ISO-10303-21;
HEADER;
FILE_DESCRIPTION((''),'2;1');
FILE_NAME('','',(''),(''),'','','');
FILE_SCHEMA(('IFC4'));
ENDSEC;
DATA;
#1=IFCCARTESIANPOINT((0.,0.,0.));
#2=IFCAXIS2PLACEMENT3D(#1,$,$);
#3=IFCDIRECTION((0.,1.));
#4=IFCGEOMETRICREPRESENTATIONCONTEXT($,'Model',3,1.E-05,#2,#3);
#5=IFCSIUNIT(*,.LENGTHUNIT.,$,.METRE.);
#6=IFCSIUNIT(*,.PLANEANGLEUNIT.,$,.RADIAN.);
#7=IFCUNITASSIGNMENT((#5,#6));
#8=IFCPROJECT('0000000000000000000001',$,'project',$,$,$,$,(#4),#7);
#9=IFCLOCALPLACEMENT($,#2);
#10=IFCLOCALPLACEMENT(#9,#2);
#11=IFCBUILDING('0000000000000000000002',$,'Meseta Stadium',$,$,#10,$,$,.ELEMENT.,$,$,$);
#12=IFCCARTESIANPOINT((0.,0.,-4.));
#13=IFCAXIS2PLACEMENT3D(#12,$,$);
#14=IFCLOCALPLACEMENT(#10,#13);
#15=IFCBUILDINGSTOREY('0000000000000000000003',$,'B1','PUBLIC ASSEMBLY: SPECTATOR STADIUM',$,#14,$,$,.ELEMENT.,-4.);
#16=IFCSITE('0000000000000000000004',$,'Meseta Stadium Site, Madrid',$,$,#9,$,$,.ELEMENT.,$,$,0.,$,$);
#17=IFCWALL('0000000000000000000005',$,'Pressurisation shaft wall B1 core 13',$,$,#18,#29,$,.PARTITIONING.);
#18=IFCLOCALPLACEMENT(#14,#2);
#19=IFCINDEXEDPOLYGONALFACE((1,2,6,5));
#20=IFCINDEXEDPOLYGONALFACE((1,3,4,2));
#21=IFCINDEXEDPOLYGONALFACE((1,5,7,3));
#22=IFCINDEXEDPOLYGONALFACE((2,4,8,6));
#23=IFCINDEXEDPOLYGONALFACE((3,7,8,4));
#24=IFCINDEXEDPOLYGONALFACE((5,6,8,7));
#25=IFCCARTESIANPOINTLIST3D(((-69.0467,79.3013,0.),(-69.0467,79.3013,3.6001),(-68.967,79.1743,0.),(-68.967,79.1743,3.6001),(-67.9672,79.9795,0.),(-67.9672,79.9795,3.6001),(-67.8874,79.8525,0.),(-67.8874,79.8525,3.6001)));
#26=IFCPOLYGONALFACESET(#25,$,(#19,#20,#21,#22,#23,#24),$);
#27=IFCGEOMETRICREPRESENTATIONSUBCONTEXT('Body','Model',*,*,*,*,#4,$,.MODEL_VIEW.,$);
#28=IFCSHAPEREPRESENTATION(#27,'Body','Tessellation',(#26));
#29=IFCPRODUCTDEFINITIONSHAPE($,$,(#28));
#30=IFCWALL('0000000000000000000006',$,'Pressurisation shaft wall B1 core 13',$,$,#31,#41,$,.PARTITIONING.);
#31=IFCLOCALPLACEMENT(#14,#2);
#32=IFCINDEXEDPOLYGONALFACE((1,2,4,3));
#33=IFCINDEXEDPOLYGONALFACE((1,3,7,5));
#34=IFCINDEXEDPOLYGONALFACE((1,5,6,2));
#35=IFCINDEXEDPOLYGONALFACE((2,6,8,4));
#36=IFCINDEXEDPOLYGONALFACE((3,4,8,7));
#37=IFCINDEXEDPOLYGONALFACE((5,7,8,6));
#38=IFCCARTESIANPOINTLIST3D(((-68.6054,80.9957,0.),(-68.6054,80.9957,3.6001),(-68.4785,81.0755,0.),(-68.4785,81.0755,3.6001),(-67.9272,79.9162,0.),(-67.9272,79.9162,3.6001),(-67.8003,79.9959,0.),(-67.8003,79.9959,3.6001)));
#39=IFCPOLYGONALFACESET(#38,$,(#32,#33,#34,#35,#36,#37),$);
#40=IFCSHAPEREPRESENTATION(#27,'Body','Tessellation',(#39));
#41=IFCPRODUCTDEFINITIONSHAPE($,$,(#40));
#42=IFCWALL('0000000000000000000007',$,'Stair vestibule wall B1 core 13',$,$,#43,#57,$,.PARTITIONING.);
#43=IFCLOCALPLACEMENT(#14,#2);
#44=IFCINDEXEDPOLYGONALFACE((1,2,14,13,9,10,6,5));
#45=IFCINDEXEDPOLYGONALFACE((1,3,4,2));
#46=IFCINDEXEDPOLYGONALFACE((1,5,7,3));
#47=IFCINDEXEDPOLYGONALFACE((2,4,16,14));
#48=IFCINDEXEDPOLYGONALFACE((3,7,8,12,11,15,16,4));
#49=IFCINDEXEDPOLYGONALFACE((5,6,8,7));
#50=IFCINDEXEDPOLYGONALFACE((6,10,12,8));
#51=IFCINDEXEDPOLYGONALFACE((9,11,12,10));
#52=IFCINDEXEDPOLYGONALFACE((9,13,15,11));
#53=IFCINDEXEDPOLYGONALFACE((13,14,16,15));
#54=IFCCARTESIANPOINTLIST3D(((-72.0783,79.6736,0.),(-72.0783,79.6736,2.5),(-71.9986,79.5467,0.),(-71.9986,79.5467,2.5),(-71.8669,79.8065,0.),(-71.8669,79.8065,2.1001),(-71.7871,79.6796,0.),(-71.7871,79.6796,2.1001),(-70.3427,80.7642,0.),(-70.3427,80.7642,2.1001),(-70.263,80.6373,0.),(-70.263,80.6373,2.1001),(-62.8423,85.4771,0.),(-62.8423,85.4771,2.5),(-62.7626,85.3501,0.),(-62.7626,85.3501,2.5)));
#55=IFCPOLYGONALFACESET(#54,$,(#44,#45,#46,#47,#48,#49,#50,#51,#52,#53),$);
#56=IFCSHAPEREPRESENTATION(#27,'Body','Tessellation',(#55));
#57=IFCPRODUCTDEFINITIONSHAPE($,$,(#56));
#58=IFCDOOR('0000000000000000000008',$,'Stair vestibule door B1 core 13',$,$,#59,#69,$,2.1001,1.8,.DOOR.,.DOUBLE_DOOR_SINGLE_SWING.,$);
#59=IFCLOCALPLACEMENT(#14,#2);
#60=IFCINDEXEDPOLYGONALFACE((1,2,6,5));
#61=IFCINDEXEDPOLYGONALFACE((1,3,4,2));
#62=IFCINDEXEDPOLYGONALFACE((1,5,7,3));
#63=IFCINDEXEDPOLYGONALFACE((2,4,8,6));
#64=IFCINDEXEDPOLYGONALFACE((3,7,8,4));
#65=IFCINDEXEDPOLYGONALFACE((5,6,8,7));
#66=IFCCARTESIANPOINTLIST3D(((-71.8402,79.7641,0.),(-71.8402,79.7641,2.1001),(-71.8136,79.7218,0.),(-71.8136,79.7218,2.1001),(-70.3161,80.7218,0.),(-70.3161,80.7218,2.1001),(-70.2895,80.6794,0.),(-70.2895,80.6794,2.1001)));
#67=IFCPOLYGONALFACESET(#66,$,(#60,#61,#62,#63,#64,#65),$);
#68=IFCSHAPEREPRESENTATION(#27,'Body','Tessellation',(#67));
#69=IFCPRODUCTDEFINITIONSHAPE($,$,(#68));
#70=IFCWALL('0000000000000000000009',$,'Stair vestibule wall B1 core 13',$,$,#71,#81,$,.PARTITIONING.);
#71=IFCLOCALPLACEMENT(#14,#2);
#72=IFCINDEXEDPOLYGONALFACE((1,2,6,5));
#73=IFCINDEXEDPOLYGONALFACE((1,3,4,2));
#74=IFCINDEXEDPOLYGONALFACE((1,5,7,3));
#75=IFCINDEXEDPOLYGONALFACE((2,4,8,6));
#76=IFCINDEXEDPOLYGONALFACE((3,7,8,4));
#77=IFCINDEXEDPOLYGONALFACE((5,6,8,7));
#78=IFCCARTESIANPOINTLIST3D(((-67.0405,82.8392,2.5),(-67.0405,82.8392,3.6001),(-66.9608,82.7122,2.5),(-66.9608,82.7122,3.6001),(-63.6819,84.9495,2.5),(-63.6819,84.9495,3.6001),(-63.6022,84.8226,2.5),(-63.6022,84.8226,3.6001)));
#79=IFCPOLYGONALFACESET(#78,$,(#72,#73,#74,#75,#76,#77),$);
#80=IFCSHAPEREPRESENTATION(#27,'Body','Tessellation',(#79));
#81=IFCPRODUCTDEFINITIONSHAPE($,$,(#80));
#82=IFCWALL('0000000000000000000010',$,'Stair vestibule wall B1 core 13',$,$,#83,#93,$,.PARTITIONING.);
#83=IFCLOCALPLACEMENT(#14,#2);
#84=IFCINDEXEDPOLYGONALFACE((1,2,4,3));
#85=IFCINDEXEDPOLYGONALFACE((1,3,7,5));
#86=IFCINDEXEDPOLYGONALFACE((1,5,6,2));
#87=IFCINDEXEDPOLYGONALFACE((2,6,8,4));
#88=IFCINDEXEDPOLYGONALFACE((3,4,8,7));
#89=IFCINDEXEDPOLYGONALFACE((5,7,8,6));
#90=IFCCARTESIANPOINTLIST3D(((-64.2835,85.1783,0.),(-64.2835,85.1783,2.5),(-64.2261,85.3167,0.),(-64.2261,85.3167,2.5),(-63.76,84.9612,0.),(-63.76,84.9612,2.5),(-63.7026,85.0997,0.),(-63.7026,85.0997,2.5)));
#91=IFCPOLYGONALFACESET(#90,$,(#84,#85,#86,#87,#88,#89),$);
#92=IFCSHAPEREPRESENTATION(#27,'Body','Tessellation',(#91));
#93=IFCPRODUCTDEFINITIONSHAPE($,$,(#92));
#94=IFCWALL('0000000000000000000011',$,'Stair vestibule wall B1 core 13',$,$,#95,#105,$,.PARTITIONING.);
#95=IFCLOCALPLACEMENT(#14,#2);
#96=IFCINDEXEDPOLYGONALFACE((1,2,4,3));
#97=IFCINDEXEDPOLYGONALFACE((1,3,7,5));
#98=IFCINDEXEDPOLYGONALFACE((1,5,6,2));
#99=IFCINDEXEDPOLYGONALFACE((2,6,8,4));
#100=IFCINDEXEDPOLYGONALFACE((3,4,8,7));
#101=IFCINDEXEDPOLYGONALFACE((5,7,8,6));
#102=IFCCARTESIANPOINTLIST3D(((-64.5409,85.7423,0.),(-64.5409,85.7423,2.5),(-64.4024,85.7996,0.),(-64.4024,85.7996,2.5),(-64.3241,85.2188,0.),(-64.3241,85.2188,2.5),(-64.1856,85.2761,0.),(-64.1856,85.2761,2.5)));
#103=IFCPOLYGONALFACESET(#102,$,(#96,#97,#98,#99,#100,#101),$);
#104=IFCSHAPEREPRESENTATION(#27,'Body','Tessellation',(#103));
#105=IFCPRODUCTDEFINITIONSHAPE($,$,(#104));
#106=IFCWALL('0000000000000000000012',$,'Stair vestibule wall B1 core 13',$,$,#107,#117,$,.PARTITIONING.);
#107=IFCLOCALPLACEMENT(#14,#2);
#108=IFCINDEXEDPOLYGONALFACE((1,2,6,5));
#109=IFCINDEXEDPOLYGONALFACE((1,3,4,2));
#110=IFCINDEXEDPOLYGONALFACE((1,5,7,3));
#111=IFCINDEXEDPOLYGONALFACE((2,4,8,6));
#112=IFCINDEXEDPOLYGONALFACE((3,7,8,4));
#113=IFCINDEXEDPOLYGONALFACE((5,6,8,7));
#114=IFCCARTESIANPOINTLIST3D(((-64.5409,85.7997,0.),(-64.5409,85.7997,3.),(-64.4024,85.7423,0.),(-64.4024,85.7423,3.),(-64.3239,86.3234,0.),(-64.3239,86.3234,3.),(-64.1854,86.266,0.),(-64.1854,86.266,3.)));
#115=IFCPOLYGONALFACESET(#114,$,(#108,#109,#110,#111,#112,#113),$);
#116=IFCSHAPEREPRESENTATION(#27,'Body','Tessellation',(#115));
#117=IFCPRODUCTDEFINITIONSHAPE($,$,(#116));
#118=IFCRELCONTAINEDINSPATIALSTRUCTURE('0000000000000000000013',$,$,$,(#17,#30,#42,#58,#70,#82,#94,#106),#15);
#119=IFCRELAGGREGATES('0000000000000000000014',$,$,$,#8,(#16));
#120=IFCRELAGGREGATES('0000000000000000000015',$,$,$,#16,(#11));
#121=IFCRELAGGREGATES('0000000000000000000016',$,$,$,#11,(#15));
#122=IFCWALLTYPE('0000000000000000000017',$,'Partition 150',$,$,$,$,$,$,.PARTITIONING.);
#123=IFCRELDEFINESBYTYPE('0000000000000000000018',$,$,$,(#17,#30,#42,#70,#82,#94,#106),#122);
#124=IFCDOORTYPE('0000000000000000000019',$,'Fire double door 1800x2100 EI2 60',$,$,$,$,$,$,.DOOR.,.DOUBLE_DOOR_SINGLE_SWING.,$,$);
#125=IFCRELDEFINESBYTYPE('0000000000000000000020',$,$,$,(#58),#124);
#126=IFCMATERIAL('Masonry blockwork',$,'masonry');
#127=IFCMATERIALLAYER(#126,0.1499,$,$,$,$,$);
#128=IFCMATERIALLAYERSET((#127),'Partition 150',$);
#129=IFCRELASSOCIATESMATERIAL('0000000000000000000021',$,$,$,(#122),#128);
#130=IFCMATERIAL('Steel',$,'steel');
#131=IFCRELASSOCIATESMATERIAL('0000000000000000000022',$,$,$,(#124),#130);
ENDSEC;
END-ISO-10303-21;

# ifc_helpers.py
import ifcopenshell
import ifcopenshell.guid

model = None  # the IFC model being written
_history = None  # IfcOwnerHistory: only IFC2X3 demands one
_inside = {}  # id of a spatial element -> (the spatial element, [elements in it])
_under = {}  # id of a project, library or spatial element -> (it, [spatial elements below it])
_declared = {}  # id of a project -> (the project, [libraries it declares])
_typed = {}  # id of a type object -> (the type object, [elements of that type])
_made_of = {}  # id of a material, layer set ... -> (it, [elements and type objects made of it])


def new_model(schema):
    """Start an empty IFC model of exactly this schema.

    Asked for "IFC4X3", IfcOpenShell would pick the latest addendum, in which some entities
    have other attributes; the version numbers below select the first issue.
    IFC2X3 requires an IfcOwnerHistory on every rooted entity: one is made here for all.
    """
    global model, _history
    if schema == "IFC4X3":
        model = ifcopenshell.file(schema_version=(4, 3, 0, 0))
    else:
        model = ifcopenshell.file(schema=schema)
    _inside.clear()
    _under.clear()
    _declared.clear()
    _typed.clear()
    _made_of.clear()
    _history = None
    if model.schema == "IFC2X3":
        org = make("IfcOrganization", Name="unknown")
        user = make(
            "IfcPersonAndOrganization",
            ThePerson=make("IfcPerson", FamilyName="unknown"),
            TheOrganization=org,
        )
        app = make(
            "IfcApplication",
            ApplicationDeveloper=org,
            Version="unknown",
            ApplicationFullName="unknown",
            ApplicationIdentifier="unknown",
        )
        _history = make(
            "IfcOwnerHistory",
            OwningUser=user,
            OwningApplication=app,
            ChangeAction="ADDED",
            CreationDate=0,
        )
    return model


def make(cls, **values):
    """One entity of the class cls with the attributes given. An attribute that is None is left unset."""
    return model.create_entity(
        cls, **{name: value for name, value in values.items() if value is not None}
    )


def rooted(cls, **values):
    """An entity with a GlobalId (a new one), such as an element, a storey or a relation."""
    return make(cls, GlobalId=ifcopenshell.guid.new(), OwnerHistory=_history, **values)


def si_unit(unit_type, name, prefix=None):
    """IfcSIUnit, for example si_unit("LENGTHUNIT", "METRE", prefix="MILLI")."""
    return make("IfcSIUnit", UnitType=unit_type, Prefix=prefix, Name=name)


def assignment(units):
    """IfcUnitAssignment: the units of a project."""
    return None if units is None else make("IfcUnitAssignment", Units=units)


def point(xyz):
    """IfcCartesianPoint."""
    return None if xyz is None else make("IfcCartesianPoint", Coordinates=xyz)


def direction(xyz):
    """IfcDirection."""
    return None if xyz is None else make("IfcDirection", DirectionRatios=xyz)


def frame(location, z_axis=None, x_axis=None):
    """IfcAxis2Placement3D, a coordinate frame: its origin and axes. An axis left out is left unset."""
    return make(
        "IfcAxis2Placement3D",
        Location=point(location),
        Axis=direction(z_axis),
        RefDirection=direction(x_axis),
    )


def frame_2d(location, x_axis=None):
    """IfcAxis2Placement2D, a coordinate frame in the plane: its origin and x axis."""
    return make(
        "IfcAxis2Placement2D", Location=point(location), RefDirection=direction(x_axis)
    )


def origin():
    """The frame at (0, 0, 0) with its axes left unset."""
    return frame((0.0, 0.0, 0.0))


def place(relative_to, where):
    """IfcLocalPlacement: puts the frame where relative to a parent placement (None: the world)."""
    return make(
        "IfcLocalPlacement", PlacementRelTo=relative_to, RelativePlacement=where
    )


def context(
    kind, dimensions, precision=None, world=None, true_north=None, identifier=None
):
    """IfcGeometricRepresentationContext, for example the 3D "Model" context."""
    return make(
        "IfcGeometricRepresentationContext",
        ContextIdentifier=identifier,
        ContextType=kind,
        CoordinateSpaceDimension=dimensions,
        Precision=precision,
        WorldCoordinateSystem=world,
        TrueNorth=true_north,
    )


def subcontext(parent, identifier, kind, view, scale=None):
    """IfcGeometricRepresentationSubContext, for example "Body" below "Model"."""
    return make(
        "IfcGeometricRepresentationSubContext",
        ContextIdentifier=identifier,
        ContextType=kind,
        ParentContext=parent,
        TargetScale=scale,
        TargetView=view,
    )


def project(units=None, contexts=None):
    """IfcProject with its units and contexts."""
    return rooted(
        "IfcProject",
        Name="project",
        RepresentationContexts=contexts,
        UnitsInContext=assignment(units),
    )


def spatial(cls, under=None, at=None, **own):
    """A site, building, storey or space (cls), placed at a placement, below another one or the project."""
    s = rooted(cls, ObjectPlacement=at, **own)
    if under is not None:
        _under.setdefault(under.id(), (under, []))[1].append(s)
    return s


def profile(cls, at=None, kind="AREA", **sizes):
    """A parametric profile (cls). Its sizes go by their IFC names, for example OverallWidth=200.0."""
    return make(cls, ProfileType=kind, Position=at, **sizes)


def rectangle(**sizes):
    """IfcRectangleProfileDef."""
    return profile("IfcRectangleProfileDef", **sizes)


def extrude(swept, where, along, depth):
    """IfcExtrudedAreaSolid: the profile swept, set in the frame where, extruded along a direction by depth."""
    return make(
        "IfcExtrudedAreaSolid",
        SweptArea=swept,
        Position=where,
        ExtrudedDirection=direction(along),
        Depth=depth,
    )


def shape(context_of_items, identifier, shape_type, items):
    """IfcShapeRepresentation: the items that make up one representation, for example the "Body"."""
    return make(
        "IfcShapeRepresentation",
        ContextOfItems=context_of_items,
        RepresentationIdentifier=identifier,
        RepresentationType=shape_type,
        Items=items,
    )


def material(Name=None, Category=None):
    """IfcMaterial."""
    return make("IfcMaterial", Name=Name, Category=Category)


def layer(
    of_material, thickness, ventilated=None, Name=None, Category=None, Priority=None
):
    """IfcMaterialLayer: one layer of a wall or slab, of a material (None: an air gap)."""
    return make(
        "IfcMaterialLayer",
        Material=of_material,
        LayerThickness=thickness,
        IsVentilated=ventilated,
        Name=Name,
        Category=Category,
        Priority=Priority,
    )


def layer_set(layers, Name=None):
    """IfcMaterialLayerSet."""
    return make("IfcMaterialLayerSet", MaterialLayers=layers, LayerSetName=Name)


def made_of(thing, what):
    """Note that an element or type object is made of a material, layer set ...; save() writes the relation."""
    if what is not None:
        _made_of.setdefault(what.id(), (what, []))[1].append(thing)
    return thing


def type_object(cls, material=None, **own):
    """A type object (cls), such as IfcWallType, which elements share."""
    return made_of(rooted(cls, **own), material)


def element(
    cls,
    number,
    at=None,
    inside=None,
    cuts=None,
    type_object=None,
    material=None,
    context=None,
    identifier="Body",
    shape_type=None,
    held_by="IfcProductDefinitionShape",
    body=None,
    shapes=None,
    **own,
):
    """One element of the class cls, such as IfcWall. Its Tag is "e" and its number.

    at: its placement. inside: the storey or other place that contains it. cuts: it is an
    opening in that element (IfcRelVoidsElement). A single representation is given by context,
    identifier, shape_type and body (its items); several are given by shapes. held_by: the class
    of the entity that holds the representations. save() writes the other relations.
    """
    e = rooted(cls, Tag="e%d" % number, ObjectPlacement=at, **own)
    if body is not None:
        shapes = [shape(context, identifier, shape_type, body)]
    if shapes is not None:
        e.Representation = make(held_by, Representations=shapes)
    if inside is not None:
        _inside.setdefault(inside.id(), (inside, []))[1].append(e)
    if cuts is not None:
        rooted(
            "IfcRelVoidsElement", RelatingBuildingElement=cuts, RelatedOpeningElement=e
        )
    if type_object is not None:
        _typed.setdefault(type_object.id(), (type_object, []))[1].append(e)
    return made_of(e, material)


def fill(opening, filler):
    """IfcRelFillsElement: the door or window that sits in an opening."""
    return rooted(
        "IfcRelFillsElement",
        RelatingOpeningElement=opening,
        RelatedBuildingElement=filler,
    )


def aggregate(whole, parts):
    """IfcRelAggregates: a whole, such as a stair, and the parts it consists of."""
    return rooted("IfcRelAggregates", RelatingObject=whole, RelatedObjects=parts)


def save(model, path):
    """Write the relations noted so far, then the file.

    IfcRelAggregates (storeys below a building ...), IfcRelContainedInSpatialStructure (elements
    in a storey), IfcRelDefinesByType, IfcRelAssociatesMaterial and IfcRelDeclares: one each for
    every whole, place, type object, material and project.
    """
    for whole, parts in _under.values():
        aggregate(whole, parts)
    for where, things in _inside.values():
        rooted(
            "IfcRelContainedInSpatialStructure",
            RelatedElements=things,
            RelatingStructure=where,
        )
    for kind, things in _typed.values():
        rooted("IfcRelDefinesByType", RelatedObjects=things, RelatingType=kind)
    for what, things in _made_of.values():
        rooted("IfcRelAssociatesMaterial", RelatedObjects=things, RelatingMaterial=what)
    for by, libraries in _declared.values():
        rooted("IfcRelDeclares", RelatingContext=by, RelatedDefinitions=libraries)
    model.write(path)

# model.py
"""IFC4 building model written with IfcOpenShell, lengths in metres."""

from ifc_helpers import new_model, si_unit, direction, frame, frame_2d, origin, place, context, subcontext, project, spatial, rectangle, extrude, material, layer, layer_set, type_object, element, fill, save


model = new_model("IFC4")

# Units and contexts
model_context = context("Model", 3, precision=1e-05, world=origin(), true_north=direction((0.0, 1.0)))
body_context = subcontext(model_context, "Body", "Model", "MODEL_VIEW")
ifc_project = project(units=[si_unit("LENGTHUNIT", "METRE"), si_unit("PLANEANGLEUNIT", "RADIAN")], contexts=[model_context])

# Site, building, storey
site_placement = place(None, origin())
site = spatial("IfcSite", under=ifc_project, at=site_placement, Name="Meseta Stadium Site, Madrid", CompositionType="ELEMENT", RefElevation=0.0)
building_placement = place(site_placement, origin())
building = spatial("IfcBuilding", under=site, at=building_placement, Name="Meseta Stadium", CompositionType="ELEMENT")
storey_placement = place(building_placement, frame((0.0, 0.0, -4.0)))
storey = spatial("IfcBuildingStorey", under=building, at=storey_placement, Name="B1", Description="PUBLIC ASSEMBLY: SPECTATOR STADIUM", CompositionType="ELEMENT", Elevation=-4.0)

# Walls
ifc_material_1 = material(Name="Masonry blockwork", Category="masonry")
ifc_layer_1 = layer(ifc_material_1, 0.1499)
ifc_layer_set_1 = layer_set([ifc_layer_1], Name="Partition 150")
wall_type_1 = type_object("IfcWallType", Name="Partition 150", PredefinedType="PARTITIONING", material=ifc_layer_set_1)
for number, where, z_axis, x_axis, name in (
    (1, (-69.0068, 79.2378, 0.0), (0.0, 0.0, 1.0), (0.84677, 0.53196, 0.0), "Pressurisation shaft wall B1 core 13"),
    (2, (-67.8638, 79.9561, 0.0), (0.0, 0.0, 1.0), (-0.53196, 0.84677, 0.0), "Pressurisation shaft wall B1 core 13"),
):
    element("IfcWall", number, at=place(storey_placement, frame(where, z_axis=z_axis, x_axis=x_axis)), inside=storey, type_object=wall_type_1, Name=name, PredefinedType="PARTITIONING", context=body_context, shape_type="SweptSolid", body=[
        extrude(rectangle(XDim=1.2749, YDim=0.1499, at=frame_2d((0.6375, 0.0))), origin(), (0.0, 0.0, 1.0), 3.6001),
    ])

# Wall, opening, door
wall_1_placement = place(storey_placement, frame((-72.0386, 79.6101, 0.0), z_axis=(0.0, 0.0, 1.0), x_axis=(0.846722, 0.532035, 0.0)))
wall_1 = element("IfcWall", 3, at=wall_1_placement, inside=storey, type_object=wall_type_1, Name="Stair vestibule wall B1 core 13", PredefinedType="PARTITIONING", context=body_context, shape_type="SweptSolid", body=[
    extrude(rectangle(XDim=10.908, YDim=0.1499, at=frame_2d((5.4541, 0.0))), origin(), (0.0, 0.0, 1.0), 2.5),
])
opening_1_placement = place(wall_1_placement, frame((0.25, 0.0, 0.0)))
opening_1 = element("IfcOpeningElement", 4, at=opening_1_placement, cuts=wall_1, PredefinedType="OPENING", context=body_context, shape_type="SweptSolid", body=[
    extrude(rectangle(XDim=1.8, YDim=2.1001, at=frame_2d((0.8999, 1.05))), frame((0.0, 0.085, 0.0), z_axis=(0.0, -1.0, 0.0), x_axis=(1.0, 0.0, 0.0)), (0.0, 0.0, 1.0), 0.1699),
])
ifc_material_2 = material(Name="Steel", Category="steel")
door_type_1 = type_object("IfcDoorType", Name="Fire double door 1800x2100 EI2 60", OperationType="DOUBLE_DOOR_SINGLE_SWING", PredefinedType="DOOR", material=ifc_material_2)
door_1_placement = place(opening_1_placement, origin())
door_1 = element("IfcDoor", 5, at=door_1_placement, inside=storey, type_object=door_type_1, Name="Stair vestibule door B1 core 13", OperationType="DOUBLE_DOOR_SINGLE_SWING", OverallHeight=2.1001, OverallWidth=1.8, PredefinedType="DOOR", context=body_context, shape_type="SweptSolid", body=[
    extrude(rectangle(XDim=1.8, YDim=2.1001, at=frame_2d((0.8999, 1.05))), frame((0.0, 0.0249, 0.0), z_axis=(0.0, -1.0, 0.0), x_axis=(1.0, 0.0, 0.0)), (0.0, 0.0, 1.0), 0.05),
])
fill(opening_1, door_1)

# Walls
wall_2_placement = place(storey_placement, frame((-67.0007, 82.7756, 2.5), z_axis=(0.0, 0.0, 1.0), x_axis=(0.846727, 0.532028, 0.0)))
element("IfcWall", 6, at=wall_2_placement, inside=storey, type_object=wall_type_1, Name="Stair vestibule wall B1 core 13", PredefinedType="PARTITIONING", context=body_context, shape_type="SweptSolid", body=[
    extrude(rectangle(XDim=3.9666, YDim=0.1499, at=frame_2d((1.9834, 0.0))), origin(), (0.0, 0.0, 1.0), 1.1001),
])
for number, where, z_axis, x_axis, name in (
    (7, (-63.7314, 85.0305, 0.0), (0.0, 0.0, 1.0), (-0.923738, 0.383024, 0.0), "Stair vestibule wall B1 core 13"),
    (8, (-64.2549, 85.2476, 0.0), (0.0, 0.0, 1.0), (-0.382656, 0.923891, 0.0), "Stair vestibule wall B1 core 13"),
):
    element("IfcWall", number, at=place(storey_placement, frame(where, z_axis=z_axis, x_axis=x_axis)), inside=storey, type_object=wall_type_1, Name=name, PredefinedType="PARTITIONING", context=body_context, shape_type="SweptSolid", body=[
        extrude(rectangle(XDim=0.5667, YDim=0.1499, at=frame_2d((0.2832, 0.0))), origin(), (0.0, 0.0, 1.0), 2.5),
    ])
wall_3_placement = place(storey_placement, frame((-64.4717, 85.771, 0.0), z_axis=(0.0, 0.0, 1.0), x_axis=(0.382872, 0.923802, 0.0)))
element("IfcWall", 9, at=wall_3_placement, inside=storey, type_object=wall_type_1, Name="Stair vestibule wall B1 core 13", PredefinedType="PARTITIONING", context=body_context, shape_type="SweptSolid", body=[
    extrude(rectangle(XDim=0.5669, YDim=0.1499, at=frame_2d((0.2834, 0.0))), origin(), (0.0, 0.0, 1.0), 3.0),
])

save(model, "model.ifc")
